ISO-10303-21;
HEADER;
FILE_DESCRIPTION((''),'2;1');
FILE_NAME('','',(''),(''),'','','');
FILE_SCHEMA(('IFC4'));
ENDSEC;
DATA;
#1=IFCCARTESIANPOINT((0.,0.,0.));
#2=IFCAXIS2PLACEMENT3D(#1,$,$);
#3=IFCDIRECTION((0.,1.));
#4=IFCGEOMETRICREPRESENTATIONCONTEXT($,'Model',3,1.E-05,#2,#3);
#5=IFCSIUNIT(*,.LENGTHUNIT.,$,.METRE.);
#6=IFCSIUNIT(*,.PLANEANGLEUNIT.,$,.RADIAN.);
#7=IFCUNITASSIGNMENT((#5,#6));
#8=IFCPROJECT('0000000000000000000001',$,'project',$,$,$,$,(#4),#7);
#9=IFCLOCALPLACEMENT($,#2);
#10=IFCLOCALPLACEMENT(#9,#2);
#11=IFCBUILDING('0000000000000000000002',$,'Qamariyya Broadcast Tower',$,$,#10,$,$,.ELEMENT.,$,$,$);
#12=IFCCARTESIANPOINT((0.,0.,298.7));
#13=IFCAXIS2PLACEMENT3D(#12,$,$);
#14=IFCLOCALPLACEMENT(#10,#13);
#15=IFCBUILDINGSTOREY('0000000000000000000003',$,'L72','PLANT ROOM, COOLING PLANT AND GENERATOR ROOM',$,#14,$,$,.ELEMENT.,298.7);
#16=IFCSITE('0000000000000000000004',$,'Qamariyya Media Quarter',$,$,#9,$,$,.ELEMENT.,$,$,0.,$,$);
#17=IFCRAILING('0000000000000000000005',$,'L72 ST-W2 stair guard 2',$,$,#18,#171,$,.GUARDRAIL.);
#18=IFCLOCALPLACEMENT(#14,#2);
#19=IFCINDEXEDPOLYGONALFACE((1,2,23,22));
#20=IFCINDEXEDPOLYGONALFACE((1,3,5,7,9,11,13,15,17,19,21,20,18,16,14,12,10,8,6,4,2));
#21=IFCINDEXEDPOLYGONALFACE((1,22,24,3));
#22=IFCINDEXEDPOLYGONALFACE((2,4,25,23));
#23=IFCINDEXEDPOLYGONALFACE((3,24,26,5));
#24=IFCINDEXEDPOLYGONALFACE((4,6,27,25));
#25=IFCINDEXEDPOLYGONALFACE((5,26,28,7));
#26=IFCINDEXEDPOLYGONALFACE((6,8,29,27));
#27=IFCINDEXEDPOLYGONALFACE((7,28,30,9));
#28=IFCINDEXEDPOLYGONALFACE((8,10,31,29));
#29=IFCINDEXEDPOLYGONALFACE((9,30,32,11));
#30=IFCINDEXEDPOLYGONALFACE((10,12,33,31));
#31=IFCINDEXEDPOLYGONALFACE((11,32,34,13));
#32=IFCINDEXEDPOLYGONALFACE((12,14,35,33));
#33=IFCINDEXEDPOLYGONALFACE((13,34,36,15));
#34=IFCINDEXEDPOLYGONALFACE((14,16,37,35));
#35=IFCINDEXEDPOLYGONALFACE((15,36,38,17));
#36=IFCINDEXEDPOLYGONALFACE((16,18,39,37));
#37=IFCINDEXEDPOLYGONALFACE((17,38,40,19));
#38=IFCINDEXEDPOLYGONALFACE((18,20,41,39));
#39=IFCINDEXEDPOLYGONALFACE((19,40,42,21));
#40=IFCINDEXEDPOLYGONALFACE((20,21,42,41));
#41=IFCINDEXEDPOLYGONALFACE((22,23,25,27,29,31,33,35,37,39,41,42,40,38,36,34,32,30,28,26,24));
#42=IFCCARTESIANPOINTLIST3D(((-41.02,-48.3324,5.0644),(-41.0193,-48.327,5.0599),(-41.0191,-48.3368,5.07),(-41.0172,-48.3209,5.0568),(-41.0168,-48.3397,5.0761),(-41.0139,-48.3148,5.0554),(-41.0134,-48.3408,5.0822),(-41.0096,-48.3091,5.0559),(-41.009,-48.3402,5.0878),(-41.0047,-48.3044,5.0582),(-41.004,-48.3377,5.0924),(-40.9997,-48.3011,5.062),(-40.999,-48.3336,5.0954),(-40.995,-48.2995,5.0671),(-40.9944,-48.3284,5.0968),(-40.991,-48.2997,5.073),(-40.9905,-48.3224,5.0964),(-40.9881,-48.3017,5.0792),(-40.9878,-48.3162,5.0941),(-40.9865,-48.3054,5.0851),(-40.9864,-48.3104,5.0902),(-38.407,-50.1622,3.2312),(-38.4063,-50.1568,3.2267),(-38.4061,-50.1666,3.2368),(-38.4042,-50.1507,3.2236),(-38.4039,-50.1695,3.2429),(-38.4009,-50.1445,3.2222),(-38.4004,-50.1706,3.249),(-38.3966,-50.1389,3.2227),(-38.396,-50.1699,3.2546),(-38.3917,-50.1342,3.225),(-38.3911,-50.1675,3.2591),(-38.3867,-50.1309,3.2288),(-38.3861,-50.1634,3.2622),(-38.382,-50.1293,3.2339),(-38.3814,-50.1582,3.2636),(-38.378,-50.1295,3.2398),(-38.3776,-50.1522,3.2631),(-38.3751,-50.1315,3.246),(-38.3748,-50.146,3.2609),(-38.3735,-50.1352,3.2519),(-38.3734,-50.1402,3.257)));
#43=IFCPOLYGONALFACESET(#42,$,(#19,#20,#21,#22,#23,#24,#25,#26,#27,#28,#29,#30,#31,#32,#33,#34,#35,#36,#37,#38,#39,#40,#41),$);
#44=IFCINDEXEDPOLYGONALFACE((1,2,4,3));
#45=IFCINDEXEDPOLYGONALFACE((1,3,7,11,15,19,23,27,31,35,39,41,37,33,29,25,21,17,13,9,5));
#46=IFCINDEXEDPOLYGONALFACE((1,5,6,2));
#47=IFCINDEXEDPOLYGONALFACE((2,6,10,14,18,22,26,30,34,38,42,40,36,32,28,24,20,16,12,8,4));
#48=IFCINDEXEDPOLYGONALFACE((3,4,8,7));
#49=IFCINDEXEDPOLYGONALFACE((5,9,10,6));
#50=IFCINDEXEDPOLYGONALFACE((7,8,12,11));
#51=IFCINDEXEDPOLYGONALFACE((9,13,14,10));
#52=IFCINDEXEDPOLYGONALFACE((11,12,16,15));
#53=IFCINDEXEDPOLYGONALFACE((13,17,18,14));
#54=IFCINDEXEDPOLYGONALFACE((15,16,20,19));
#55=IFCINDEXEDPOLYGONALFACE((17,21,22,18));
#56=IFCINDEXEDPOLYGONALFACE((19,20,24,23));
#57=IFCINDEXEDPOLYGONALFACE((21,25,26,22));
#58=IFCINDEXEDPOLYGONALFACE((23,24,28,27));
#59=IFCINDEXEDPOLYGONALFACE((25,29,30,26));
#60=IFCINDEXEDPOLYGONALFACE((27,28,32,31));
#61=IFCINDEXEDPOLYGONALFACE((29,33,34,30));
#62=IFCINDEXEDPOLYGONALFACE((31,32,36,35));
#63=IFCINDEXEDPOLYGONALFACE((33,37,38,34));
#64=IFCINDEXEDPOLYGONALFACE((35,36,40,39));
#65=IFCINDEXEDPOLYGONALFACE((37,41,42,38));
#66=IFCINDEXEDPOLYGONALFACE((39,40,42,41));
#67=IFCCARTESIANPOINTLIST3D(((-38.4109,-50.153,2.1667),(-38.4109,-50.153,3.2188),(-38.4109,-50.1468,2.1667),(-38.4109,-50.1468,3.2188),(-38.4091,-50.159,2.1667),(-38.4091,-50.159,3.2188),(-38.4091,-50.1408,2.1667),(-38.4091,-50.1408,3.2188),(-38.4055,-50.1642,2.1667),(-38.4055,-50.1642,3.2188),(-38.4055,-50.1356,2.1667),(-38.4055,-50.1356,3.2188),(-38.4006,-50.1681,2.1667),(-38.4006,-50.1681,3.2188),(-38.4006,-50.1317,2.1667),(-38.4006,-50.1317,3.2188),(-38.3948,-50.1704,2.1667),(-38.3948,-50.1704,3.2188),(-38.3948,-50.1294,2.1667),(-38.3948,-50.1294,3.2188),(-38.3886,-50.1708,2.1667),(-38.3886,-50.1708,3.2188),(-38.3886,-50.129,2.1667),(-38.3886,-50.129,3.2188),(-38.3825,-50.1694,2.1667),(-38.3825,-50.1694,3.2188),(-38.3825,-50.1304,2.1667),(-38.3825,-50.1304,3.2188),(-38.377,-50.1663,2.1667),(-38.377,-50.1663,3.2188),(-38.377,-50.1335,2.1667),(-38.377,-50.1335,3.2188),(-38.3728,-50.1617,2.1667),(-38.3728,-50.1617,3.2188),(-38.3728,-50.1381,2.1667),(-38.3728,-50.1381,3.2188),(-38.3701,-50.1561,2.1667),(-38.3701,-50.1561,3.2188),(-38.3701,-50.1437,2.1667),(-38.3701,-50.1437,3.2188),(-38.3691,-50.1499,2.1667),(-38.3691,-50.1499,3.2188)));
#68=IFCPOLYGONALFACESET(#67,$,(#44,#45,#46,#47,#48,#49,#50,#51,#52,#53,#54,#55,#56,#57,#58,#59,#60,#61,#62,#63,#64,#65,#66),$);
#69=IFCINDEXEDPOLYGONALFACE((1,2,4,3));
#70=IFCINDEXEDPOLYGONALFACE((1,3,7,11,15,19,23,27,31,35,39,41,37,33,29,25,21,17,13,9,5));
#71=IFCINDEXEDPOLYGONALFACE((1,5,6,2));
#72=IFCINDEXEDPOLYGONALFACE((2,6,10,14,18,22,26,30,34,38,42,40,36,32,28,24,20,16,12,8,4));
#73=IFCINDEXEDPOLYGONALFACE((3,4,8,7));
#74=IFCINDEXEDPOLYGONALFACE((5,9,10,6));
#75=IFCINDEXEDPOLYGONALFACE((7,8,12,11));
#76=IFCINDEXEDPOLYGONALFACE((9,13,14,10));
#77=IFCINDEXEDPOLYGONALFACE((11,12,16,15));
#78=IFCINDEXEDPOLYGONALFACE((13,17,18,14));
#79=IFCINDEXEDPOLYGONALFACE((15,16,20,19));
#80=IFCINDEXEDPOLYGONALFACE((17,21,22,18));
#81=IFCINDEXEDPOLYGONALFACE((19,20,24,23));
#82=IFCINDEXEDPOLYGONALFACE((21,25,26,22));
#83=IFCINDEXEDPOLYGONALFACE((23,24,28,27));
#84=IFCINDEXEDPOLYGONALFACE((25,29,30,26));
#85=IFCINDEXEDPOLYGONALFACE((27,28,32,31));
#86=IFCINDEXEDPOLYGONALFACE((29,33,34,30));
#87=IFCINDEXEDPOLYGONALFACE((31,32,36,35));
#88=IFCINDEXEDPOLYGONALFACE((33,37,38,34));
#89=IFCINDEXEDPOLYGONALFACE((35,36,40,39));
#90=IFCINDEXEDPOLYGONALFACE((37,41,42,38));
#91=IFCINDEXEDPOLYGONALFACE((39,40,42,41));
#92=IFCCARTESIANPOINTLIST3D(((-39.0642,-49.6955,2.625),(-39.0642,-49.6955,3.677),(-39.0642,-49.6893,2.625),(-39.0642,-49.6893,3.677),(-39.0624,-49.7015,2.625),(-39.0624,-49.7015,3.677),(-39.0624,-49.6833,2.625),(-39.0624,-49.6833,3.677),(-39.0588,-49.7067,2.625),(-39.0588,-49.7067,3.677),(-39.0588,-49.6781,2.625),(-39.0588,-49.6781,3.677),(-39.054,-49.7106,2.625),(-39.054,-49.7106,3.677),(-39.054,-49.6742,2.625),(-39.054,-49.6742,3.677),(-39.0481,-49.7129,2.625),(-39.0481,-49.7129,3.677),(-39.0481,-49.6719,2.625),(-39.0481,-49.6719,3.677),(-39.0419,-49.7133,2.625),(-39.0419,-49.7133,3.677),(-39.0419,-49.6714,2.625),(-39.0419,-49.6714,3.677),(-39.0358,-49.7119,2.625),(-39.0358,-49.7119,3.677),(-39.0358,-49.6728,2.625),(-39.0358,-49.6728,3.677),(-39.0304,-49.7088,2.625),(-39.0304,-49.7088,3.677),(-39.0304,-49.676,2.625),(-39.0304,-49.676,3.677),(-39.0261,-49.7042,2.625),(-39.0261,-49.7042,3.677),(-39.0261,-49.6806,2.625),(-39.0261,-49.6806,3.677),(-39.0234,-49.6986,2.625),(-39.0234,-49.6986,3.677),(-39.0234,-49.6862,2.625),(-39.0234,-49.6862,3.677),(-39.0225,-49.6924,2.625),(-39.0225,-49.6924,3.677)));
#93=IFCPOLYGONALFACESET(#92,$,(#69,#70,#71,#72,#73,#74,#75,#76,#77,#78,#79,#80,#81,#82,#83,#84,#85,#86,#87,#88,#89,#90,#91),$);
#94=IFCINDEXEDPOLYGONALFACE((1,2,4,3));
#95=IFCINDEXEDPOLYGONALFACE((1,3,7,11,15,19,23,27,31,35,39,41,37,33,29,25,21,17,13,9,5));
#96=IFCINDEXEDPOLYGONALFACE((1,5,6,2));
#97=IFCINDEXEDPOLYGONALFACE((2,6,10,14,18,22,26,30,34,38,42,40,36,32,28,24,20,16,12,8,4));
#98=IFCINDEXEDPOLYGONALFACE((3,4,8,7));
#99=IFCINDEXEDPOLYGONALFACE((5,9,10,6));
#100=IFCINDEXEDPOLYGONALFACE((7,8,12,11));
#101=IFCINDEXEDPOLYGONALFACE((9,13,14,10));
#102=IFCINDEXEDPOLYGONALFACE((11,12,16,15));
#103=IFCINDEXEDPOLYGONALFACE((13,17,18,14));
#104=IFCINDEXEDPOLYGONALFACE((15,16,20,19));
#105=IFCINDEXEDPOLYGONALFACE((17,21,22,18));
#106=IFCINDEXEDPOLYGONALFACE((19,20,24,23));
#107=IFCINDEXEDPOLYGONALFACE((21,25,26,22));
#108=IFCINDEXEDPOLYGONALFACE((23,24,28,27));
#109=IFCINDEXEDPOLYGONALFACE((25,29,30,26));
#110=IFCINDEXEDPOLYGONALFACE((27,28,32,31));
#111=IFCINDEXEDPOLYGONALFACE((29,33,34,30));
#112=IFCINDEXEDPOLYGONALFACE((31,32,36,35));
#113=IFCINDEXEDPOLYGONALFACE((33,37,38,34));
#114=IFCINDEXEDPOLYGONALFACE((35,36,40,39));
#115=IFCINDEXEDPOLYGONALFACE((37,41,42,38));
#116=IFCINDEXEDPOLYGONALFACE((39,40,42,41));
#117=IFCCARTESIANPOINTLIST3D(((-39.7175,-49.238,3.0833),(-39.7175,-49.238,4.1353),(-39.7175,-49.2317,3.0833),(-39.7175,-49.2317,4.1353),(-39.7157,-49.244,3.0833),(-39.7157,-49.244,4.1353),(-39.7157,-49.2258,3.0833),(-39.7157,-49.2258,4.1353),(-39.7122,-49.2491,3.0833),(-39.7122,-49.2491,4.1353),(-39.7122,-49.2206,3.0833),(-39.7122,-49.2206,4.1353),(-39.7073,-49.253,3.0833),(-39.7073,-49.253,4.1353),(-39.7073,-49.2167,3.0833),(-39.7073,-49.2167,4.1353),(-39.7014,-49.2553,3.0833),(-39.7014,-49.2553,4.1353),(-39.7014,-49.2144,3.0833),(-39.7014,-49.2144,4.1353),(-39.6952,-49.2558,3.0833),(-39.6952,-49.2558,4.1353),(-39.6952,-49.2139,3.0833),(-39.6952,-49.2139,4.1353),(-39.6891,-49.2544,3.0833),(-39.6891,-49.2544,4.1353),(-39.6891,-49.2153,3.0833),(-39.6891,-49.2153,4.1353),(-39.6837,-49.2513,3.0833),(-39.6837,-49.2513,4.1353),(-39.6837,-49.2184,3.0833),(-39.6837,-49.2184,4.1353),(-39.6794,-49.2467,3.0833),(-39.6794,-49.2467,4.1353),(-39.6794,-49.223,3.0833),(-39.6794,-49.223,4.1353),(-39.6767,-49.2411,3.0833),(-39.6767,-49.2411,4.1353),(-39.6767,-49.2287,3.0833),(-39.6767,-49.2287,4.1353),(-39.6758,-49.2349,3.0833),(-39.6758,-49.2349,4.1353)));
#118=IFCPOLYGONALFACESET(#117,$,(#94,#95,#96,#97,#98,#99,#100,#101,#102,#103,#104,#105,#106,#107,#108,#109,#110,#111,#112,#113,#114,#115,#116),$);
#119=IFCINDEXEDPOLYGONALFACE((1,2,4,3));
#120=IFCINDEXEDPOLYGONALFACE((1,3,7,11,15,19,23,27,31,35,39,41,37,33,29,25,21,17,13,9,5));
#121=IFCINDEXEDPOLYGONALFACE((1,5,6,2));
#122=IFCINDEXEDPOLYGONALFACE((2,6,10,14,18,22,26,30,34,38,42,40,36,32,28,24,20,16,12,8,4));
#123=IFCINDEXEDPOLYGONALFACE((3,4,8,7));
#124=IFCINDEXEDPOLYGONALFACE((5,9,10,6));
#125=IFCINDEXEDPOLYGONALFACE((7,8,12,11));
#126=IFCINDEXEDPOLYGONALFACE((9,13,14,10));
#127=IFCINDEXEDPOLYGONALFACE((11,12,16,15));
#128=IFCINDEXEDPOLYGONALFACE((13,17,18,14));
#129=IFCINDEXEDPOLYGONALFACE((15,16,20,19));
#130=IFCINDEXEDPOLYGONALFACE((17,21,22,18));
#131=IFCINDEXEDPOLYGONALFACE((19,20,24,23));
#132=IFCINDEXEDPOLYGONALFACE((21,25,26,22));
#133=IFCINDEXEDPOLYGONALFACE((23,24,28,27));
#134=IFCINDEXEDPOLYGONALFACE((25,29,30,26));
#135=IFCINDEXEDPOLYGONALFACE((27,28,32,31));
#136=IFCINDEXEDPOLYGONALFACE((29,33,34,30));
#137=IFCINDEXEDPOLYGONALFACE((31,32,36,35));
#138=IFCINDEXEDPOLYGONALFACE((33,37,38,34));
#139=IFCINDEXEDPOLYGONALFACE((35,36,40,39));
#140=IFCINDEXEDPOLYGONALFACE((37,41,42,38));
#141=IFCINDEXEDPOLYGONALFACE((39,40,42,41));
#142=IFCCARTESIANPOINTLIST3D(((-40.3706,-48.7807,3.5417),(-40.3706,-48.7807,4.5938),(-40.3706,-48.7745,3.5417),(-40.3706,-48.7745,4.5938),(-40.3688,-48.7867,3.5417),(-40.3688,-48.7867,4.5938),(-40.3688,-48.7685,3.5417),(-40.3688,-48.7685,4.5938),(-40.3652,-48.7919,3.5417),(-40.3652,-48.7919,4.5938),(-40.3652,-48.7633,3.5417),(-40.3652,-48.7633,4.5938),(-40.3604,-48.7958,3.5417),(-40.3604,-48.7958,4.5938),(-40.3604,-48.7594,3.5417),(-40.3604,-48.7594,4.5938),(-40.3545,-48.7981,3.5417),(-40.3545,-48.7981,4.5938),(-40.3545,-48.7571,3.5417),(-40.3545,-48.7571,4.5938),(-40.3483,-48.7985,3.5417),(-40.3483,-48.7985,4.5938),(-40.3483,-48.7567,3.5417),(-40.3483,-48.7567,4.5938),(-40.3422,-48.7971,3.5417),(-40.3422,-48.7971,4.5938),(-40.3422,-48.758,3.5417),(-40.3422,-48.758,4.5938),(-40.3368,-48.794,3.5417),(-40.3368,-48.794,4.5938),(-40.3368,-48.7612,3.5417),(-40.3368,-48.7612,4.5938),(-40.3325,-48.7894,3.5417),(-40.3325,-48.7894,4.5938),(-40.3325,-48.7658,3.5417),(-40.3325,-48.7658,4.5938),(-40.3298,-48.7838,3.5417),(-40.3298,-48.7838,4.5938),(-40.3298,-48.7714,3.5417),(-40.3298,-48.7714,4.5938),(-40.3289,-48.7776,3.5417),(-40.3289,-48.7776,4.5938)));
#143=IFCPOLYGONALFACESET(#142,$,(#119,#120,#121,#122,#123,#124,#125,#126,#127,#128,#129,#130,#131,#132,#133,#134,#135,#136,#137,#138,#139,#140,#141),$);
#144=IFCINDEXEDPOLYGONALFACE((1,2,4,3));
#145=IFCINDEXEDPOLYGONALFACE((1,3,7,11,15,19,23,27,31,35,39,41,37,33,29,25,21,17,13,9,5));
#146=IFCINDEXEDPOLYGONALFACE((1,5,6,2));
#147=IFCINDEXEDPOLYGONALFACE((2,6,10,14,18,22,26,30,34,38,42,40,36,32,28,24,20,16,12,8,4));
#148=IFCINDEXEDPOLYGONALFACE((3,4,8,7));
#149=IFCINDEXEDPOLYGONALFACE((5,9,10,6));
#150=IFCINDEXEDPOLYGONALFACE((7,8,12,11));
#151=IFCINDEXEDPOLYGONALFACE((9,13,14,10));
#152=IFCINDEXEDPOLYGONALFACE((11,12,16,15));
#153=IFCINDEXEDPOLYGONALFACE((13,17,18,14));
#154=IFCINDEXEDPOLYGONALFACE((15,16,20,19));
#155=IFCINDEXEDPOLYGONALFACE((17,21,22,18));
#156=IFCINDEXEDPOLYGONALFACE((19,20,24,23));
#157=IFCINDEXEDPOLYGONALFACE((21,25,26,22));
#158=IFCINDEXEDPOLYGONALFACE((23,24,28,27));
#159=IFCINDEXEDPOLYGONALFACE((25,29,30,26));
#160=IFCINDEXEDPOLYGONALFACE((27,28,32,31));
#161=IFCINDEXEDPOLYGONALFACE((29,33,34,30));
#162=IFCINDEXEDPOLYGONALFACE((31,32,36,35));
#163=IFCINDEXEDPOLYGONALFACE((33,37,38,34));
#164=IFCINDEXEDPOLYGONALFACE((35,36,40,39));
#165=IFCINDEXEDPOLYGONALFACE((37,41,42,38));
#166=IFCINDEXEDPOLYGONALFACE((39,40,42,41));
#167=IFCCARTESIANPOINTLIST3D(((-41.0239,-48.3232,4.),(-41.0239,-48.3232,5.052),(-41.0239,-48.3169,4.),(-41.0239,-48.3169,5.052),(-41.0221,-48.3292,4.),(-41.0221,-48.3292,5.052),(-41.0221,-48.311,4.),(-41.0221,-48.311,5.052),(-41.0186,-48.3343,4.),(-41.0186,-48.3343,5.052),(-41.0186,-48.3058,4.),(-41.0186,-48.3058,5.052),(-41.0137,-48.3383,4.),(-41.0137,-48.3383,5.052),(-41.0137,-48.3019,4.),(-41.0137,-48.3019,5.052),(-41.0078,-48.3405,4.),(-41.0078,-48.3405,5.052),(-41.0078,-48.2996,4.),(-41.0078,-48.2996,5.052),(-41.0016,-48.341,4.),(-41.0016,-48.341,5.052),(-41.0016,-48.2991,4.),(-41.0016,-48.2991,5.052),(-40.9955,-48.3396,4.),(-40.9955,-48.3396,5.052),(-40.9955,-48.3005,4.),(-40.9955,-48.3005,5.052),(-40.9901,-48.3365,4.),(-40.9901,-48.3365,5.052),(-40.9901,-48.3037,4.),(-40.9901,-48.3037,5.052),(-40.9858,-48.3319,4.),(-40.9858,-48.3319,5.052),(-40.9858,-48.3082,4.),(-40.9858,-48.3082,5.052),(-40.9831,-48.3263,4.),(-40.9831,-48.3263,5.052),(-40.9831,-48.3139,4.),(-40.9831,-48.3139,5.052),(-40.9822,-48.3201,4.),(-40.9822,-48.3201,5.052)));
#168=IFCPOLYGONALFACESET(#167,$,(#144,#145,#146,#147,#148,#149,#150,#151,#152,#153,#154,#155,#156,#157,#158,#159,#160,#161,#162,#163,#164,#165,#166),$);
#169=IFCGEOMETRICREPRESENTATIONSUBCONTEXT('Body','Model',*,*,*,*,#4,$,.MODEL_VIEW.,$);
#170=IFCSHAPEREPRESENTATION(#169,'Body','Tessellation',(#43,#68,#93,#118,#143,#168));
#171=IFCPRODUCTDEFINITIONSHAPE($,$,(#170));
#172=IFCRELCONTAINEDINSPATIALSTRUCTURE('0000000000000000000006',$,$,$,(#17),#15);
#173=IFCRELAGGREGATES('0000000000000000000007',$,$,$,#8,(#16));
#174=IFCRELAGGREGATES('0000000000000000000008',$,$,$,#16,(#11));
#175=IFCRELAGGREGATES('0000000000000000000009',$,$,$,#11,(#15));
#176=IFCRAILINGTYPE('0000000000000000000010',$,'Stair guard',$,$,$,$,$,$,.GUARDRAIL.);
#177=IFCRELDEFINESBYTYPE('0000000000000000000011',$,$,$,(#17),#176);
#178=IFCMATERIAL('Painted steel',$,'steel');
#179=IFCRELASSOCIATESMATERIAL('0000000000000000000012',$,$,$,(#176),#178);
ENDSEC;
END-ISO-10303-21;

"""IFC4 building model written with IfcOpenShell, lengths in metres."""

from ifc_helpers import new_model, si_unit, direction, frame, origin, origin_2d, place, context, subcontext, project, spatial, circle, extrude, material, type_object, element, save


model = new_model("IFC4")

# Units and contexts
model_context = context("Model", 3, precision=1e-05, world=origin(), true_north=direction((0.0, 1.0)))
body_context = subcontext(model_context, "Body", "Model", "MODEL_VIEW")
ifc_project = project(units=[si_unit("LENGTHUNIT", "METRE"), si_unit("PLANEANGLEUNIT", "RADIAN")], contexts=[model_context])

# Site, building, storey
site_placement = place(None, origin())
site = spatial("IfcSite", under=ifc_project, at=site_placement, Name="Qamariyya Media Quarter", CompositionType="ELEMENT", RefElevation=0.0)
building_placement = place(site_placement, origin())
building = spatial("IfcBuilding", under=site, at=building_placement, Name="Qamariyya Broadcast Tower", CompositionType="ELEMENT")
storey_placement = place(building_placement, frame((0.0, 0.0, 298.7)))
storey = spatial("IfcBuildingStorey", under=building, at=storey_placement, Name="L72", Description="PLANT ROOM, COOLING PLANT AND GENERATOR ROOM", CompositionType="ELEMENT", Elevation=298.7)

# Railing
ifc_material_1 = material(Name="Painted steel", Category="steel")
railing_type_1 = type_object("IfcRailingType", Name="Stair guard", PredefinedType="GUARDRAIL", material=ifc_material_1)
railing_1_placement = place(storey_placement, frame((-38.3901, -50.1499, 2.1667)))
element("IfcRailing", 1, at=railing_1_placement, inside=storey, type_object=railing_type_1, Name="L72 ST-W2 stair guard 2", PredefinedType="GUARDRAIL", context=body_context, shape_type="SweptSolid", body=[
    extrude(circle(Radius=0.0239, at=origin_2d()), frame((0.0, 0.0, 1.0762), z_axis=(-0.710204, 0.497335, 0.498264), x_axis=(-0.573611, -0.819128, 0.0)), (0.0, 0.0, 1.0), 3.6792),
    extrude(circle(Radius=0.021, at=origin_2d()), origin(), (0.0, 0.0, 1.0), 1.052),
    extrude(circle(Radius=0.021, at=origin_2d()), frame((-0.6533, 0.4575, 0.4583)), (0.0, 0.0, 1.0), 1.052),
    extrude(circle(Radius=0.021, at=origin_2d()), frame((-1.3066, 0.915, 0.9165)), (0.0, 0.0, 1.0), 1.052),
    extrude(circle(Radius=0.021, at=origin_2d()), frame((-1.9597, 1.3723, 1.375)), (0.0, 0.0, 1.0), 1.052),
    extrude(circle(Radius=0.021, at=origin_2d()), frame((-2.613, 1.8298, 1.8333)), (0.0, 0.0, 1.0), 1.052),
])

save(model, "model.ifc")
